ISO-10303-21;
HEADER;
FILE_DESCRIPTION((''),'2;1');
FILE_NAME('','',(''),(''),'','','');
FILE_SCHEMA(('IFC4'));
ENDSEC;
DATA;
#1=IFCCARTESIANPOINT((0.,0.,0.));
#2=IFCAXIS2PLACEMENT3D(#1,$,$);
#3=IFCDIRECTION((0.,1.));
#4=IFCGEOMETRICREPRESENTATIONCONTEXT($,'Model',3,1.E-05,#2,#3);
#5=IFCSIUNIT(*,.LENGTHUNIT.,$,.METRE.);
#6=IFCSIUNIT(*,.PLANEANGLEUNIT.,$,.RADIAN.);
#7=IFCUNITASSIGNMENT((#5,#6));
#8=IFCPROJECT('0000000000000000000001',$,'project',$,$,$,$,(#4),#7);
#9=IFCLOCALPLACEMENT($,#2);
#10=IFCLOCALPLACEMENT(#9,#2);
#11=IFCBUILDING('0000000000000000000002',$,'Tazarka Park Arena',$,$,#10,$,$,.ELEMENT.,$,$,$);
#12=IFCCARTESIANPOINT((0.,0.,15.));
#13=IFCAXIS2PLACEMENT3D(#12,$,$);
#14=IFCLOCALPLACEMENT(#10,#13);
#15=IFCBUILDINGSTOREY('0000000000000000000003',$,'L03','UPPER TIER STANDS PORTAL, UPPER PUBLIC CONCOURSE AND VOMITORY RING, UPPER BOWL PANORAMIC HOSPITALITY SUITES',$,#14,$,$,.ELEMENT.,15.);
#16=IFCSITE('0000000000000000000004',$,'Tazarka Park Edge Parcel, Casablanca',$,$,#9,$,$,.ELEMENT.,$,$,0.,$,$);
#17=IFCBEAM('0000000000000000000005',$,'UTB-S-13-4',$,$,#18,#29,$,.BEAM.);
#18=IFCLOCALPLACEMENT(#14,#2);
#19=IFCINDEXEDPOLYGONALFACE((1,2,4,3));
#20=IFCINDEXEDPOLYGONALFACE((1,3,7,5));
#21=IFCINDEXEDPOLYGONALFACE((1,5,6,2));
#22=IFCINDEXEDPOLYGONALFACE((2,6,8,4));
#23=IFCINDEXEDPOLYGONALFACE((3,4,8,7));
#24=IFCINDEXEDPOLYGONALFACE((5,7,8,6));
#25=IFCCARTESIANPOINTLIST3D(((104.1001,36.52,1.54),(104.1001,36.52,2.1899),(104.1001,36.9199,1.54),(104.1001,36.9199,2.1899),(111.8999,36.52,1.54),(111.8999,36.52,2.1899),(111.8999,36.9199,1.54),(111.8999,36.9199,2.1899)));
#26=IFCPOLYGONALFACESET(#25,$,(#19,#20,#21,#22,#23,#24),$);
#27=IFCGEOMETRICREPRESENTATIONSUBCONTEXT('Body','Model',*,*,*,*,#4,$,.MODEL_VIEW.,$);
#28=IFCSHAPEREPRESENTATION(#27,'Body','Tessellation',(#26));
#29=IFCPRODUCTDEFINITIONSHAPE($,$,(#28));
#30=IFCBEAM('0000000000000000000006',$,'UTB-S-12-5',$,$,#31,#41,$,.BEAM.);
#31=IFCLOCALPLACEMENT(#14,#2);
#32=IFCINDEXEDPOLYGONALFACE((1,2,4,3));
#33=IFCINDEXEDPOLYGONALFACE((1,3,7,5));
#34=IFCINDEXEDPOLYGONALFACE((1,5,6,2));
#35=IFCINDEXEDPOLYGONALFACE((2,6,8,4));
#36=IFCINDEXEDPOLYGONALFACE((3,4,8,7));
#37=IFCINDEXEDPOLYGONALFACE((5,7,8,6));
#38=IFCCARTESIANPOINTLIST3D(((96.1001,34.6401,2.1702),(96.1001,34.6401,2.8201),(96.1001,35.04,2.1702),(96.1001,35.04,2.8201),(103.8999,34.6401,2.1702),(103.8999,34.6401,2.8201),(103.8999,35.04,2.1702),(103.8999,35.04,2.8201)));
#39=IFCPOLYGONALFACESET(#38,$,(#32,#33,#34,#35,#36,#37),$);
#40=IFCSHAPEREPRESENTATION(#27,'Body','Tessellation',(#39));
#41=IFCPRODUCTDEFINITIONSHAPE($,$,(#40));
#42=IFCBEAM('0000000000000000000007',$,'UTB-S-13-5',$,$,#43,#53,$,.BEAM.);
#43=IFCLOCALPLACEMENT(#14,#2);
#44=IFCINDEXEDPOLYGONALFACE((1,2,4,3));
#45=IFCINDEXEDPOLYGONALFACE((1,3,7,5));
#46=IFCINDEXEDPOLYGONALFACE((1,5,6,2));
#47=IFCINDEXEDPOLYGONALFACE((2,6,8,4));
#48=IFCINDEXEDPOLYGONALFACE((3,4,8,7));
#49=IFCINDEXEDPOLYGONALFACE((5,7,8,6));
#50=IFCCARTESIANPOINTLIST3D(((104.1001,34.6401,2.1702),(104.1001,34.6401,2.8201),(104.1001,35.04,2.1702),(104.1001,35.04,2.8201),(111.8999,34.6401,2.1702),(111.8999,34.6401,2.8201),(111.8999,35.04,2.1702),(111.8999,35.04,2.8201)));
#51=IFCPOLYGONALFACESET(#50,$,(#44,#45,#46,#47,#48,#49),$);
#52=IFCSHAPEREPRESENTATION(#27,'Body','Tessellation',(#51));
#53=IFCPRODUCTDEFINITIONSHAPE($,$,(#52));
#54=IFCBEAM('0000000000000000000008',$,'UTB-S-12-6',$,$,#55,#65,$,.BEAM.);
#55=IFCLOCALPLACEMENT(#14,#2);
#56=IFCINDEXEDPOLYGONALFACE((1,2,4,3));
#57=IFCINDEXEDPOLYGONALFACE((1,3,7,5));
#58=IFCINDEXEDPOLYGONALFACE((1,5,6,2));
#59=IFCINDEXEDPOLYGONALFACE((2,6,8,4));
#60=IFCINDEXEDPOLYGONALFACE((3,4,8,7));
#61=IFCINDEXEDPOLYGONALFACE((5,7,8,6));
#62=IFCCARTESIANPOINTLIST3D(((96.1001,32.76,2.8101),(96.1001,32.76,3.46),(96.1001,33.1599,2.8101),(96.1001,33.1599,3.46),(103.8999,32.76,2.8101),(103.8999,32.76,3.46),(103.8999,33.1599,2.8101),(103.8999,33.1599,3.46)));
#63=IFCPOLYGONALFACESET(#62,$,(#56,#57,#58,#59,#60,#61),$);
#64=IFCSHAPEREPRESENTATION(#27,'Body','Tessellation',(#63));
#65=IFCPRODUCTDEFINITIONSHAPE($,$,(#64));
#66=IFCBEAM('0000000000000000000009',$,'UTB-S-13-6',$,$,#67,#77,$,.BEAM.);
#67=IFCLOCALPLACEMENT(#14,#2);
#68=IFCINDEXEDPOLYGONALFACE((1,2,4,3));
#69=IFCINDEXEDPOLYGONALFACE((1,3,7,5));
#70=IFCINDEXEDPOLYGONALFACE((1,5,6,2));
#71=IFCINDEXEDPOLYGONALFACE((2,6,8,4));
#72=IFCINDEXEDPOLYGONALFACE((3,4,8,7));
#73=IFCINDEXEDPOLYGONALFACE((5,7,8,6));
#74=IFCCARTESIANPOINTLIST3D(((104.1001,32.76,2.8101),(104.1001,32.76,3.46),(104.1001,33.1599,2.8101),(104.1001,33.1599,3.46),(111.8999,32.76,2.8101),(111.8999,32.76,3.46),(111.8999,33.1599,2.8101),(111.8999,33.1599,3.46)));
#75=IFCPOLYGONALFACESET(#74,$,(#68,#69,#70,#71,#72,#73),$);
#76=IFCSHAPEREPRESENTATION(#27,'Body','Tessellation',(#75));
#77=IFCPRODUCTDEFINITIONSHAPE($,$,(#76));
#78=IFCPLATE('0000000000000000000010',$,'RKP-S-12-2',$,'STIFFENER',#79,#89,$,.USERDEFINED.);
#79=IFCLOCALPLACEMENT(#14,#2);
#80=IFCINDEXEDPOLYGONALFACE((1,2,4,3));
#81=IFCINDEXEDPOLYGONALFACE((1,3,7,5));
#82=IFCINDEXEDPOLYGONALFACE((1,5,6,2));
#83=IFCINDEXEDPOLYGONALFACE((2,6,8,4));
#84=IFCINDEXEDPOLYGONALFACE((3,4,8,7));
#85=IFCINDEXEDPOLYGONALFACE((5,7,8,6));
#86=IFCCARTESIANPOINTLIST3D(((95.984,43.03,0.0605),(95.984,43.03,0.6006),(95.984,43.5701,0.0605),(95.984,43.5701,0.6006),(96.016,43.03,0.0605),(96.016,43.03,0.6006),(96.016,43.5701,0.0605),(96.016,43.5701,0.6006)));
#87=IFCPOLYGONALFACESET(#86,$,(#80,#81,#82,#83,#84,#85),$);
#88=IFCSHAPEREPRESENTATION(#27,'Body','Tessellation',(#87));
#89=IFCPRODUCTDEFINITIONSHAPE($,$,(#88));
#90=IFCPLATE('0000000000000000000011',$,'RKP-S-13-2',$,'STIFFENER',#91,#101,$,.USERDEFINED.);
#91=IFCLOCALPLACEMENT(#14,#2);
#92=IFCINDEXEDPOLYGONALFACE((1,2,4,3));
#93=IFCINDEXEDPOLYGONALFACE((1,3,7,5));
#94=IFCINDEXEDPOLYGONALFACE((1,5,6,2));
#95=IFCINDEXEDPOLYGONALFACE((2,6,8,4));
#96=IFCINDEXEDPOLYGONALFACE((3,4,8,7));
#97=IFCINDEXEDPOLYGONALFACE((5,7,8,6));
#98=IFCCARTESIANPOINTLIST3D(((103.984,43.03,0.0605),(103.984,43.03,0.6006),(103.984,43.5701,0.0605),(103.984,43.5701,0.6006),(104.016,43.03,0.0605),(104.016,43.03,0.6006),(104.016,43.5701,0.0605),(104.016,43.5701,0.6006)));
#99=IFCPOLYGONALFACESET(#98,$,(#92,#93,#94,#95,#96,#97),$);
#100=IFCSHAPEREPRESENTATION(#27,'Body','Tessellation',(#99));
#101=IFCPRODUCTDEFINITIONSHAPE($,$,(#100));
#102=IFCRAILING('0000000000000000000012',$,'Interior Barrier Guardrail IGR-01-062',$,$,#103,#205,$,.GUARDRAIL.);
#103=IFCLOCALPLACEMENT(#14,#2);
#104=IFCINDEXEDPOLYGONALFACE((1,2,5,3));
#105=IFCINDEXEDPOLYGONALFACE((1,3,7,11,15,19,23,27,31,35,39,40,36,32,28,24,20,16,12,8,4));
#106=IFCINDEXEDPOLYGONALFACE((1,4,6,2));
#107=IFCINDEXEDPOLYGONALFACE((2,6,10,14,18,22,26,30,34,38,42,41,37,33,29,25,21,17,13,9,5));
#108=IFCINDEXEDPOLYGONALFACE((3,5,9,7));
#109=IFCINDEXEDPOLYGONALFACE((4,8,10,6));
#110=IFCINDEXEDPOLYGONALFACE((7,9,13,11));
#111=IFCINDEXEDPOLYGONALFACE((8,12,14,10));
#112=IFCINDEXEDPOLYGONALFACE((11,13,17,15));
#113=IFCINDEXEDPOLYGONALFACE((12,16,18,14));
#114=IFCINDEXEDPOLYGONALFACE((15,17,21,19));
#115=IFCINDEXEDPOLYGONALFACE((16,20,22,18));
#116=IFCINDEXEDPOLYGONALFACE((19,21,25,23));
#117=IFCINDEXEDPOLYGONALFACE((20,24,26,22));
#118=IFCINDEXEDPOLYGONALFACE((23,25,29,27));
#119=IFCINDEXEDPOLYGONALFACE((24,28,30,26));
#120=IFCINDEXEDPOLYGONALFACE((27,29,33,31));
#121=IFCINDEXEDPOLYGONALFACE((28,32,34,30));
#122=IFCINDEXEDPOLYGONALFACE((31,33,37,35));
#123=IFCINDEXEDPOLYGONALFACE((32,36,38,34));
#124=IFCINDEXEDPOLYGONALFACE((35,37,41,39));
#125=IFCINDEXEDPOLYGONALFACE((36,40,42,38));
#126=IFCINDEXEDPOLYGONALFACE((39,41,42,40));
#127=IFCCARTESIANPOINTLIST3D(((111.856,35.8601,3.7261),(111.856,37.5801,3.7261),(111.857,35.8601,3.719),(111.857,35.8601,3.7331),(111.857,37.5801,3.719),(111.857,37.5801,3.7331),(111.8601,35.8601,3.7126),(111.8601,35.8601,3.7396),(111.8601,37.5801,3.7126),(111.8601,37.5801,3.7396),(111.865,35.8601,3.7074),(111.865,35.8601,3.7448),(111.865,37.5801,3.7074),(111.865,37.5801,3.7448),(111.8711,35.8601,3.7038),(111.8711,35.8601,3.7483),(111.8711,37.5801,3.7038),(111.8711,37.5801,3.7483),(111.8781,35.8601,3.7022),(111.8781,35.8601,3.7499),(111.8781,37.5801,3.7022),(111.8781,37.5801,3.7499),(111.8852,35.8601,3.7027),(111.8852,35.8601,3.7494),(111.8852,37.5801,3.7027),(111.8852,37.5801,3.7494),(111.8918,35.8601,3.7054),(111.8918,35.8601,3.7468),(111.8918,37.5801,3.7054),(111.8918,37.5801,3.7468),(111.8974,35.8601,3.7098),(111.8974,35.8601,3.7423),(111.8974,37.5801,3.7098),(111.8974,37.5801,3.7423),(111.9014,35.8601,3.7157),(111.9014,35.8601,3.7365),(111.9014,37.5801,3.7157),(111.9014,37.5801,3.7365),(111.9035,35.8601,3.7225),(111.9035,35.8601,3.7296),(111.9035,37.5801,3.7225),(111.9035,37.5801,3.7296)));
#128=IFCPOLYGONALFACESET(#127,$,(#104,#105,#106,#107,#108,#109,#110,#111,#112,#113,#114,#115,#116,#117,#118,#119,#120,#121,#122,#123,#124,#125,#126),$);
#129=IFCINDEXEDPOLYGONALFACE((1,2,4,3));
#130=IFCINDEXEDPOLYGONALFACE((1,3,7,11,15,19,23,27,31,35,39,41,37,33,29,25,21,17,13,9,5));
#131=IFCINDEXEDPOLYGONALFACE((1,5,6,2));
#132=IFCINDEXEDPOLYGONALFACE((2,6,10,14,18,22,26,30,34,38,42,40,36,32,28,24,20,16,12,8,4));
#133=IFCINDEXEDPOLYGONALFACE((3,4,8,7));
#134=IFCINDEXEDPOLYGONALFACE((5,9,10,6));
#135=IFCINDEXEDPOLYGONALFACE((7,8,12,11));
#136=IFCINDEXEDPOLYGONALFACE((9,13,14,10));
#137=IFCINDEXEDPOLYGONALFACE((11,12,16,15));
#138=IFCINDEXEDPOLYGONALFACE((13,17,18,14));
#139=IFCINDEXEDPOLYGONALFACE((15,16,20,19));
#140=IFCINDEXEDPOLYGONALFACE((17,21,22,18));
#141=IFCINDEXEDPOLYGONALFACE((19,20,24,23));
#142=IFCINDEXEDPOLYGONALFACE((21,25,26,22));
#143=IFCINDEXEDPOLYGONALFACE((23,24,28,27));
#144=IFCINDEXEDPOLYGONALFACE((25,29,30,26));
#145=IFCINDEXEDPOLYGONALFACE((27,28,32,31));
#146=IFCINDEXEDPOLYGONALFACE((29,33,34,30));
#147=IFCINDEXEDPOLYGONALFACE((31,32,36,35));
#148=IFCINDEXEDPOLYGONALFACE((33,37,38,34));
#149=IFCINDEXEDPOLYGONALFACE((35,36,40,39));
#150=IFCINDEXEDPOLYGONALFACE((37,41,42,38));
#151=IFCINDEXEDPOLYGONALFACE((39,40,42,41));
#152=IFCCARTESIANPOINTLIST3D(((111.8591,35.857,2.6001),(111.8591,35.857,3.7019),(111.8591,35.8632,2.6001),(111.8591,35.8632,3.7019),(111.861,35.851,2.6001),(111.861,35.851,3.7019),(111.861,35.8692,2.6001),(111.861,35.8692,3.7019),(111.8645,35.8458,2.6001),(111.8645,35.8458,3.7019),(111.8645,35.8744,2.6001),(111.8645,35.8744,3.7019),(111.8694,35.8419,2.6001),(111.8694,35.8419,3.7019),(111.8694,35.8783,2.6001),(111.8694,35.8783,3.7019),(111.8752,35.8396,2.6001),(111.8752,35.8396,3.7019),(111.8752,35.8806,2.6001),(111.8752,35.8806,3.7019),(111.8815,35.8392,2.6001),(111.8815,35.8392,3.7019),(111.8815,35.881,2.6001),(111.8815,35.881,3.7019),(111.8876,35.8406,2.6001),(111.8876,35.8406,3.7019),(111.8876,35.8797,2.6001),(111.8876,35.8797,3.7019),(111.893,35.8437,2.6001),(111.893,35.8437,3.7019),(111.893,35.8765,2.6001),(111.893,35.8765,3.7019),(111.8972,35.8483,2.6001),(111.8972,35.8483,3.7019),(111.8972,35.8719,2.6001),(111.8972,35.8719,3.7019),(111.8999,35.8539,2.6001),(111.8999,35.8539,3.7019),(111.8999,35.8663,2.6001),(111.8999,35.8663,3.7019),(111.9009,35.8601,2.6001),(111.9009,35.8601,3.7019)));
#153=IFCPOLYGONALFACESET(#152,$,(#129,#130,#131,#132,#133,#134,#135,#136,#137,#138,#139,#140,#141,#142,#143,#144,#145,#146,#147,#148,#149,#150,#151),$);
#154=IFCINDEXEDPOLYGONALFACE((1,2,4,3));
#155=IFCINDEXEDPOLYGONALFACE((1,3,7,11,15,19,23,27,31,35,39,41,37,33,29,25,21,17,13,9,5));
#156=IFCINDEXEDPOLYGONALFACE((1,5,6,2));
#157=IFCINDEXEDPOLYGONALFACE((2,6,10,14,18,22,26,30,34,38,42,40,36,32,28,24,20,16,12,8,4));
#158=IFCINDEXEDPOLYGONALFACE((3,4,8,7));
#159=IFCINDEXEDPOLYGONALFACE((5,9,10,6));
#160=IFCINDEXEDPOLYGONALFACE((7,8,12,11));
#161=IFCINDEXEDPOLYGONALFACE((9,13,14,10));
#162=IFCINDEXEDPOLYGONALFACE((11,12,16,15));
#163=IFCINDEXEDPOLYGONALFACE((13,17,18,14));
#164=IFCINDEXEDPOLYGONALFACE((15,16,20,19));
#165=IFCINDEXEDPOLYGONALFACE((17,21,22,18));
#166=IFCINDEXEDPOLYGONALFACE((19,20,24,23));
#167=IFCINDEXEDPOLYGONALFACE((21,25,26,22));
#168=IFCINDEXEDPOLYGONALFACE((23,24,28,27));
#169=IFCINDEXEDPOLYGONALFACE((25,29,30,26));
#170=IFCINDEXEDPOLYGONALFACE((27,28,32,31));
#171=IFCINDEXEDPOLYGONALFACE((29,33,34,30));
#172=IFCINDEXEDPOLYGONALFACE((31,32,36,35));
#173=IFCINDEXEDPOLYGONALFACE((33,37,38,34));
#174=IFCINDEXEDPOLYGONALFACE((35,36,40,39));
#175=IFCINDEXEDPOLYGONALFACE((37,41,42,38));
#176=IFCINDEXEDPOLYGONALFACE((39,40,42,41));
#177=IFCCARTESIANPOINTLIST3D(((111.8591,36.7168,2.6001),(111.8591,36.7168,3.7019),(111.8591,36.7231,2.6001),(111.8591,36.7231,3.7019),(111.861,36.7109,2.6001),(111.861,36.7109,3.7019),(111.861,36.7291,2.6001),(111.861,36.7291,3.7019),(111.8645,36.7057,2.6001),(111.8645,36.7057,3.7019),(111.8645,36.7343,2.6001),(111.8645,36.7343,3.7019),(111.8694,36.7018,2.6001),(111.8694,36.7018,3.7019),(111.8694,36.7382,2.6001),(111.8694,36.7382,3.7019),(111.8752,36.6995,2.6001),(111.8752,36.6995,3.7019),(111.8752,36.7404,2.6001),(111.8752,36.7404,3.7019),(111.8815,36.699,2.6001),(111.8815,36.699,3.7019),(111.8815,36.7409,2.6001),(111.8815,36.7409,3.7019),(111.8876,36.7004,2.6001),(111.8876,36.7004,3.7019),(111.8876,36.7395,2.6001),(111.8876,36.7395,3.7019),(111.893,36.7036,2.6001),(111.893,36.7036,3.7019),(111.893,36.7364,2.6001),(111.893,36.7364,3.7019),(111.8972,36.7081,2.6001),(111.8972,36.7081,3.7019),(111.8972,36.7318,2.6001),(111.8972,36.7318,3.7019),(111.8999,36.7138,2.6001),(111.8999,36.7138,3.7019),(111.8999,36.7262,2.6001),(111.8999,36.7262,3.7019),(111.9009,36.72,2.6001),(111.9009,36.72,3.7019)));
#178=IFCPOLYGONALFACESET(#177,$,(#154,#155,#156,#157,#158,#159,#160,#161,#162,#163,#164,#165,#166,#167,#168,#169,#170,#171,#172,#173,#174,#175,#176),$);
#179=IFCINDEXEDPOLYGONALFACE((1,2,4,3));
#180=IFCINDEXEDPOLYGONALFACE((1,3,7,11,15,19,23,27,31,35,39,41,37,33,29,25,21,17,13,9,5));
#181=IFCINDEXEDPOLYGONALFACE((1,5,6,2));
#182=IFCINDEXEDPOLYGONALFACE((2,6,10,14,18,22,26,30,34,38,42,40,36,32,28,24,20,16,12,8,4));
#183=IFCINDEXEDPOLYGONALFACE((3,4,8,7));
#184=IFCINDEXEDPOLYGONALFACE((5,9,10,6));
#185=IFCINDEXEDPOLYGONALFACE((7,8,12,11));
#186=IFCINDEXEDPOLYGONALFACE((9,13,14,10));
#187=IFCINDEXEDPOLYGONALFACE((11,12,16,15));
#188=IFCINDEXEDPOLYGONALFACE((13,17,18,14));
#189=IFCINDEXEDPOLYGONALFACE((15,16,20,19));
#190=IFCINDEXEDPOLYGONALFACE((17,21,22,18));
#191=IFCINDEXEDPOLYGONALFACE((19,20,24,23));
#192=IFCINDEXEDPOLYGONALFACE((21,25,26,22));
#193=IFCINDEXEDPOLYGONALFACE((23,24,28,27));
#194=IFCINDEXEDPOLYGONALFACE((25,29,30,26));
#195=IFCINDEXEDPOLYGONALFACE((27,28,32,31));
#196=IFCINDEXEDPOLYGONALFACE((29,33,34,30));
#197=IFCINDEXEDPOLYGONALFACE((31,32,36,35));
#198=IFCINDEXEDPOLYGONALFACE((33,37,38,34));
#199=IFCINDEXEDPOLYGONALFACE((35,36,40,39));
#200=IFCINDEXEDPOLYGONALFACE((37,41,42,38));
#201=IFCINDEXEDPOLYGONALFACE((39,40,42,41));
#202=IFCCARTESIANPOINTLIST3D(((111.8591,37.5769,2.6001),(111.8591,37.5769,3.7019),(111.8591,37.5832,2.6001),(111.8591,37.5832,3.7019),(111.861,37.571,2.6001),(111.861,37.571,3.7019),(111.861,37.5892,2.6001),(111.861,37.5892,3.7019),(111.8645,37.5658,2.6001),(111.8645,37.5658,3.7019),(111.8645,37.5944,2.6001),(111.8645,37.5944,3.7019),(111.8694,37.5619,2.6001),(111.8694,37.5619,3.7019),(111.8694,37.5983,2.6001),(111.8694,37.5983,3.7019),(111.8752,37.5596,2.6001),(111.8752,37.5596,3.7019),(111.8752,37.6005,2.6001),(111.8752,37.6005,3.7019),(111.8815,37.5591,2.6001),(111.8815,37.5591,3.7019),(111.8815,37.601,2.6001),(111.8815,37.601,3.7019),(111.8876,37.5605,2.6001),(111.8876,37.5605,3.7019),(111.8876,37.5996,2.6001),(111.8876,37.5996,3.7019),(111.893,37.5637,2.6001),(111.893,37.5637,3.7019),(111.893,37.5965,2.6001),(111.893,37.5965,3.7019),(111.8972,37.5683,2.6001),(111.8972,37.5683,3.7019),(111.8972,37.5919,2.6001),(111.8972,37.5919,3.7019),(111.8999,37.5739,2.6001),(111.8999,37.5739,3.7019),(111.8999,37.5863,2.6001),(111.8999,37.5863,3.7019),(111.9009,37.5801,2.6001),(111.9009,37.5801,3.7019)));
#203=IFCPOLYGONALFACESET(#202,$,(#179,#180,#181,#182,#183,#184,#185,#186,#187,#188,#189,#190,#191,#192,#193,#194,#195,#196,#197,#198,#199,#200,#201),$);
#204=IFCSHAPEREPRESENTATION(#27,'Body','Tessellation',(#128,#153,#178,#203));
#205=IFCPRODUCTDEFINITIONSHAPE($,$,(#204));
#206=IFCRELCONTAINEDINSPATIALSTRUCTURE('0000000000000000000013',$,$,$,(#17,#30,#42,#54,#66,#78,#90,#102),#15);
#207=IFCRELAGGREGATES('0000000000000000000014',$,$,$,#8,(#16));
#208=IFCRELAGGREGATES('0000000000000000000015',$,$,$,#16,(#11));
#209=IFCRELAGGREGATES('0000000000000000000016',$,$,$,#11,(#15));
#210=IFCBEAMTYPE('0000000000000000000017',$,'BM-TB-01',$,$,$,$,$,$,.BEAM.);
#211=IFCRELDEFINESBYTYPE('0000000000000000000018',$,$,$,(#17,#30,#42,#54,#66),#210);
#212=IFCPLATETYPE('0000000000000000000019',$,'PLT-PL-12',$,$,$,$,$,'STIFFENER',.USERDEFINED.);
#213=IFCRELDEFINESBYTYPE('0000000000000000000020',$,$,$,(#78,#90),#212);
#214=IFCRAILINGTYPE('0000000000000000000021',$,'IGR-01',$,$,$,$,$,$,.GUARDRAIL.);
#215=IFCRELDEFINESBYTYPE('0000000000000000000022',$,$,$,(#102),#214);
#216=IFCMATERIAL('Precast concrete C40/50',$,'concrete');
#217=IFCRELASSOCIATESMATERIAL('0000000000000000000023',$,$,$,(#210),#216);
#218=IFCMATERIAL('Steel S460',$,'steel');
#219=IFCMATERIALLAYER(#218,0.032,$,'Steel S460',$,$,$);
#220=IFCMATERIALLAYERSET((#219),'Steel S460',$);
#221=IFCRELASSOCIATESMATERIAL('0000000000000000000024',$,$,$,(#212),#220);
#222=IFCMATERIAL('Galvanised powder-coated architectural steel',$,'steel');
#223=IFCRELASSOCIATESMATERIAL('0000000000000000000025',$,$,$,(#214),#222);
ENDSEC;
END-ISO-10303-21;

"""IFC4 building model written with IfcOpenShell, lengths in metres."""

from ifc_helpers import new_model, si_unit, direction, frame, origin, origin_2d, place, context, subcontext, project, spatial, rectangle, circle, extrude, material, layer, layer_set, material_profile, profile_set, type_object, element, save


model = new_model("IFC4")

# Units and contexts
model_context = context("Model", 3, precision=1e-05, world=origin(), true_north=direction((0.0, 1.0)))
body_context = subcontext(model_context, "Body", "Model", "MODEL_VIEW")
ifc_project = project(units=[si_unit("LENGTHUNIT", "METRE"), si_unit("PLANEANGLEUNIT", "RADIAN")], contexts=[model_context])

# Site, building, storey
site_placement = place(None, origin())
site = spatial("IfcSite", under=ifc_project, at=site_placement, Name="Tazarka Park Edge Parcel, Casablanca", CompositionType="ELEMENT", RefElevation=0.0)
building_placement = place(site_placement, origin())
building = spatial("IfcBuilding", under=site, at=building_placement, Name="Tazarka Park Arena", CompositionType="ELEMENT")
storey_placement = place(building_placement, frame((0.0, 0.0, 15.0)))
storey = spatial("IfcBuildingStorey", under=building, at=storey_placement, Name="L03", Description="UPPER TIER STANDS PORTAL, UPPER PUBLIC CONCOURSE AND VOMITORY RING, UPPER BOWL PANORAMIC HOSPITALITY SUITES", CompositionType="ELEMENT", Elevation=15.0)

# Beams
ifc_material_1 = material(Name="Precast concrete C40/50", Category="concrete")
ifc_material_profile_1 = material_profile(ifc_material_1, rectangle(XDim=0.3999, YDim=0.6499, at=origin_2d()), Name="Precast concrete C40/50")
ifc_profile_set_1 = profile_set([ifc_material_profile_1], Name="Precast concrete C40/50")
beam_type_1 = type_object("IfcBeamType", Name="BM-TB-01", PredefinedType="BEAM", material=ifc_profile_set_1)
for number, where, z_axis, x_axis, name in (
    (1, (104.1001, 36.72, 1.865), (1.0, 0.0, 0.0), (0.0, 1.0, 0.0), "UTB-S-13-4"),
    (2, (96.1001, 34.8401, 2.4951), (1.0, 0.0, 0.0), (0.0, 1.0, 0.0), "UTB-S-12-5"),
    (3, (104.1001, 34.8401, 2.4951), (1.0, 0.0, 0.0), (0.0, 1.0, 0.0), "UTB-S-13-5"),
    (4, (96.1001, 32.96, 3.135), (1.0, 0.0, 0.0), (0.0, 1.0, 0.0), "UTB-S-12-6"),
    (5, (104.1001, 32.96, 3.135), (1.0, 0.0, 0.0), (0.0, 1.0, 0.0), "UTB-S-13-6"),
):
    element("IfcBeam", number, at=place(storey_placement, frame(where, z_axis=z_axis, x_axis=x_axis)), inside=storey, type_object=beam_type_1, Name=name, PredefinedType="BEAM", context=body_context, shape_type="SweptSolid", body=[
        extrude(rectangle(XDim=0.3999, YDim=0.6499, at=origin_2d()), origin(), (0.0, 0.0, 1.0), 7.7998),
    ])

# Plates
ifc_material_2 = material(Name="Steel S460", Category="steel")
ifc_layer = layer(ifc_material_2, 0.032, Name="Steel S460")
ifc_layer_set = layer_set([ifc_layer], Name="Steel S460")
plate_type = type_object("IfcPlateType", Name="PLT-PL-12", ElementType="STIFFENER", PredefinedType="USERDEFINED", material=ifc_layer_set)
for number, where, z_axis, x_axis, name in (
    (6, (96.0, 43.3, 0.0605), (0.0, 0.0, 1.0), (1.0, 0.0, 0.0), "RKP-S-12-2"),
    (7, (104.0, 43.3, 0.0605), (0.0, 0.0, 1.0), (1.0, 0.0, 0.0), "RKP-S-13-2"),
):
    element("IfcPlate", number, at=place(storey_placement, frame(where, z_axis=z_axis, x_axis=x_axis)), inside=storey, type_object=plate_type, Name=name, ObjectType="STIFFENER", PredefinedType="USERDEFINED", context=body_context, shape_type="SweptSolid", body=[
        extrude(rectangle(XDim=0.032, YDim=0.54, at=origin_2d()), origin(), (0.0, 0.0, 1.0), 0.54),
    ])

# Railing
ifc_material_3 = material(Name="Galvanised powder-coated architectural steel", Category="steel")
railing_type = type_object("IfcRailingType", Name="IGR-01", PredefinedType="GUARDRAIL", material=ifc_material_3)
for number, where, name in (
    (8, (111.8799, 35.8601, 2.6001), "Interior Barrier Guardrail IGR-01-062"),
):
    element("IfcRailing", number, at=place(storey_placement, frame(where)), inside=storey, type_object=railing_type, Name=name, PredefinedType="GUARDRAIL", context=body_context, shape_type="SweptSolid", body=[
        extrude(circle(Radius=0.0239, at=origin_2d()), frame((0.0, 0.0, 1.126), z_axis=(0.0, 1.0, 0.0), x_axis=(-1.0, 0.0, 0.0)), (0.0, 0.0, 1.0), 1.72),
        extrude(circle(Radius=0.021, at=origin_2d()), origin(), (0.0, 0.0, 1.0), 1.1018),
        extrude(circle(Radius=0.021, at=origin_2d()), frame((0.0, 0.8599, 0.0)), (0.0, 0.0, 1.0), 1.1018),
        extrude(circle(Radius=0.021, at=origin_2d()), frame((0.0, 1.72, 0.0)), (0.0, 0.0, 1.0), 1.1018),
    ])

save(model, "model.ifc")
